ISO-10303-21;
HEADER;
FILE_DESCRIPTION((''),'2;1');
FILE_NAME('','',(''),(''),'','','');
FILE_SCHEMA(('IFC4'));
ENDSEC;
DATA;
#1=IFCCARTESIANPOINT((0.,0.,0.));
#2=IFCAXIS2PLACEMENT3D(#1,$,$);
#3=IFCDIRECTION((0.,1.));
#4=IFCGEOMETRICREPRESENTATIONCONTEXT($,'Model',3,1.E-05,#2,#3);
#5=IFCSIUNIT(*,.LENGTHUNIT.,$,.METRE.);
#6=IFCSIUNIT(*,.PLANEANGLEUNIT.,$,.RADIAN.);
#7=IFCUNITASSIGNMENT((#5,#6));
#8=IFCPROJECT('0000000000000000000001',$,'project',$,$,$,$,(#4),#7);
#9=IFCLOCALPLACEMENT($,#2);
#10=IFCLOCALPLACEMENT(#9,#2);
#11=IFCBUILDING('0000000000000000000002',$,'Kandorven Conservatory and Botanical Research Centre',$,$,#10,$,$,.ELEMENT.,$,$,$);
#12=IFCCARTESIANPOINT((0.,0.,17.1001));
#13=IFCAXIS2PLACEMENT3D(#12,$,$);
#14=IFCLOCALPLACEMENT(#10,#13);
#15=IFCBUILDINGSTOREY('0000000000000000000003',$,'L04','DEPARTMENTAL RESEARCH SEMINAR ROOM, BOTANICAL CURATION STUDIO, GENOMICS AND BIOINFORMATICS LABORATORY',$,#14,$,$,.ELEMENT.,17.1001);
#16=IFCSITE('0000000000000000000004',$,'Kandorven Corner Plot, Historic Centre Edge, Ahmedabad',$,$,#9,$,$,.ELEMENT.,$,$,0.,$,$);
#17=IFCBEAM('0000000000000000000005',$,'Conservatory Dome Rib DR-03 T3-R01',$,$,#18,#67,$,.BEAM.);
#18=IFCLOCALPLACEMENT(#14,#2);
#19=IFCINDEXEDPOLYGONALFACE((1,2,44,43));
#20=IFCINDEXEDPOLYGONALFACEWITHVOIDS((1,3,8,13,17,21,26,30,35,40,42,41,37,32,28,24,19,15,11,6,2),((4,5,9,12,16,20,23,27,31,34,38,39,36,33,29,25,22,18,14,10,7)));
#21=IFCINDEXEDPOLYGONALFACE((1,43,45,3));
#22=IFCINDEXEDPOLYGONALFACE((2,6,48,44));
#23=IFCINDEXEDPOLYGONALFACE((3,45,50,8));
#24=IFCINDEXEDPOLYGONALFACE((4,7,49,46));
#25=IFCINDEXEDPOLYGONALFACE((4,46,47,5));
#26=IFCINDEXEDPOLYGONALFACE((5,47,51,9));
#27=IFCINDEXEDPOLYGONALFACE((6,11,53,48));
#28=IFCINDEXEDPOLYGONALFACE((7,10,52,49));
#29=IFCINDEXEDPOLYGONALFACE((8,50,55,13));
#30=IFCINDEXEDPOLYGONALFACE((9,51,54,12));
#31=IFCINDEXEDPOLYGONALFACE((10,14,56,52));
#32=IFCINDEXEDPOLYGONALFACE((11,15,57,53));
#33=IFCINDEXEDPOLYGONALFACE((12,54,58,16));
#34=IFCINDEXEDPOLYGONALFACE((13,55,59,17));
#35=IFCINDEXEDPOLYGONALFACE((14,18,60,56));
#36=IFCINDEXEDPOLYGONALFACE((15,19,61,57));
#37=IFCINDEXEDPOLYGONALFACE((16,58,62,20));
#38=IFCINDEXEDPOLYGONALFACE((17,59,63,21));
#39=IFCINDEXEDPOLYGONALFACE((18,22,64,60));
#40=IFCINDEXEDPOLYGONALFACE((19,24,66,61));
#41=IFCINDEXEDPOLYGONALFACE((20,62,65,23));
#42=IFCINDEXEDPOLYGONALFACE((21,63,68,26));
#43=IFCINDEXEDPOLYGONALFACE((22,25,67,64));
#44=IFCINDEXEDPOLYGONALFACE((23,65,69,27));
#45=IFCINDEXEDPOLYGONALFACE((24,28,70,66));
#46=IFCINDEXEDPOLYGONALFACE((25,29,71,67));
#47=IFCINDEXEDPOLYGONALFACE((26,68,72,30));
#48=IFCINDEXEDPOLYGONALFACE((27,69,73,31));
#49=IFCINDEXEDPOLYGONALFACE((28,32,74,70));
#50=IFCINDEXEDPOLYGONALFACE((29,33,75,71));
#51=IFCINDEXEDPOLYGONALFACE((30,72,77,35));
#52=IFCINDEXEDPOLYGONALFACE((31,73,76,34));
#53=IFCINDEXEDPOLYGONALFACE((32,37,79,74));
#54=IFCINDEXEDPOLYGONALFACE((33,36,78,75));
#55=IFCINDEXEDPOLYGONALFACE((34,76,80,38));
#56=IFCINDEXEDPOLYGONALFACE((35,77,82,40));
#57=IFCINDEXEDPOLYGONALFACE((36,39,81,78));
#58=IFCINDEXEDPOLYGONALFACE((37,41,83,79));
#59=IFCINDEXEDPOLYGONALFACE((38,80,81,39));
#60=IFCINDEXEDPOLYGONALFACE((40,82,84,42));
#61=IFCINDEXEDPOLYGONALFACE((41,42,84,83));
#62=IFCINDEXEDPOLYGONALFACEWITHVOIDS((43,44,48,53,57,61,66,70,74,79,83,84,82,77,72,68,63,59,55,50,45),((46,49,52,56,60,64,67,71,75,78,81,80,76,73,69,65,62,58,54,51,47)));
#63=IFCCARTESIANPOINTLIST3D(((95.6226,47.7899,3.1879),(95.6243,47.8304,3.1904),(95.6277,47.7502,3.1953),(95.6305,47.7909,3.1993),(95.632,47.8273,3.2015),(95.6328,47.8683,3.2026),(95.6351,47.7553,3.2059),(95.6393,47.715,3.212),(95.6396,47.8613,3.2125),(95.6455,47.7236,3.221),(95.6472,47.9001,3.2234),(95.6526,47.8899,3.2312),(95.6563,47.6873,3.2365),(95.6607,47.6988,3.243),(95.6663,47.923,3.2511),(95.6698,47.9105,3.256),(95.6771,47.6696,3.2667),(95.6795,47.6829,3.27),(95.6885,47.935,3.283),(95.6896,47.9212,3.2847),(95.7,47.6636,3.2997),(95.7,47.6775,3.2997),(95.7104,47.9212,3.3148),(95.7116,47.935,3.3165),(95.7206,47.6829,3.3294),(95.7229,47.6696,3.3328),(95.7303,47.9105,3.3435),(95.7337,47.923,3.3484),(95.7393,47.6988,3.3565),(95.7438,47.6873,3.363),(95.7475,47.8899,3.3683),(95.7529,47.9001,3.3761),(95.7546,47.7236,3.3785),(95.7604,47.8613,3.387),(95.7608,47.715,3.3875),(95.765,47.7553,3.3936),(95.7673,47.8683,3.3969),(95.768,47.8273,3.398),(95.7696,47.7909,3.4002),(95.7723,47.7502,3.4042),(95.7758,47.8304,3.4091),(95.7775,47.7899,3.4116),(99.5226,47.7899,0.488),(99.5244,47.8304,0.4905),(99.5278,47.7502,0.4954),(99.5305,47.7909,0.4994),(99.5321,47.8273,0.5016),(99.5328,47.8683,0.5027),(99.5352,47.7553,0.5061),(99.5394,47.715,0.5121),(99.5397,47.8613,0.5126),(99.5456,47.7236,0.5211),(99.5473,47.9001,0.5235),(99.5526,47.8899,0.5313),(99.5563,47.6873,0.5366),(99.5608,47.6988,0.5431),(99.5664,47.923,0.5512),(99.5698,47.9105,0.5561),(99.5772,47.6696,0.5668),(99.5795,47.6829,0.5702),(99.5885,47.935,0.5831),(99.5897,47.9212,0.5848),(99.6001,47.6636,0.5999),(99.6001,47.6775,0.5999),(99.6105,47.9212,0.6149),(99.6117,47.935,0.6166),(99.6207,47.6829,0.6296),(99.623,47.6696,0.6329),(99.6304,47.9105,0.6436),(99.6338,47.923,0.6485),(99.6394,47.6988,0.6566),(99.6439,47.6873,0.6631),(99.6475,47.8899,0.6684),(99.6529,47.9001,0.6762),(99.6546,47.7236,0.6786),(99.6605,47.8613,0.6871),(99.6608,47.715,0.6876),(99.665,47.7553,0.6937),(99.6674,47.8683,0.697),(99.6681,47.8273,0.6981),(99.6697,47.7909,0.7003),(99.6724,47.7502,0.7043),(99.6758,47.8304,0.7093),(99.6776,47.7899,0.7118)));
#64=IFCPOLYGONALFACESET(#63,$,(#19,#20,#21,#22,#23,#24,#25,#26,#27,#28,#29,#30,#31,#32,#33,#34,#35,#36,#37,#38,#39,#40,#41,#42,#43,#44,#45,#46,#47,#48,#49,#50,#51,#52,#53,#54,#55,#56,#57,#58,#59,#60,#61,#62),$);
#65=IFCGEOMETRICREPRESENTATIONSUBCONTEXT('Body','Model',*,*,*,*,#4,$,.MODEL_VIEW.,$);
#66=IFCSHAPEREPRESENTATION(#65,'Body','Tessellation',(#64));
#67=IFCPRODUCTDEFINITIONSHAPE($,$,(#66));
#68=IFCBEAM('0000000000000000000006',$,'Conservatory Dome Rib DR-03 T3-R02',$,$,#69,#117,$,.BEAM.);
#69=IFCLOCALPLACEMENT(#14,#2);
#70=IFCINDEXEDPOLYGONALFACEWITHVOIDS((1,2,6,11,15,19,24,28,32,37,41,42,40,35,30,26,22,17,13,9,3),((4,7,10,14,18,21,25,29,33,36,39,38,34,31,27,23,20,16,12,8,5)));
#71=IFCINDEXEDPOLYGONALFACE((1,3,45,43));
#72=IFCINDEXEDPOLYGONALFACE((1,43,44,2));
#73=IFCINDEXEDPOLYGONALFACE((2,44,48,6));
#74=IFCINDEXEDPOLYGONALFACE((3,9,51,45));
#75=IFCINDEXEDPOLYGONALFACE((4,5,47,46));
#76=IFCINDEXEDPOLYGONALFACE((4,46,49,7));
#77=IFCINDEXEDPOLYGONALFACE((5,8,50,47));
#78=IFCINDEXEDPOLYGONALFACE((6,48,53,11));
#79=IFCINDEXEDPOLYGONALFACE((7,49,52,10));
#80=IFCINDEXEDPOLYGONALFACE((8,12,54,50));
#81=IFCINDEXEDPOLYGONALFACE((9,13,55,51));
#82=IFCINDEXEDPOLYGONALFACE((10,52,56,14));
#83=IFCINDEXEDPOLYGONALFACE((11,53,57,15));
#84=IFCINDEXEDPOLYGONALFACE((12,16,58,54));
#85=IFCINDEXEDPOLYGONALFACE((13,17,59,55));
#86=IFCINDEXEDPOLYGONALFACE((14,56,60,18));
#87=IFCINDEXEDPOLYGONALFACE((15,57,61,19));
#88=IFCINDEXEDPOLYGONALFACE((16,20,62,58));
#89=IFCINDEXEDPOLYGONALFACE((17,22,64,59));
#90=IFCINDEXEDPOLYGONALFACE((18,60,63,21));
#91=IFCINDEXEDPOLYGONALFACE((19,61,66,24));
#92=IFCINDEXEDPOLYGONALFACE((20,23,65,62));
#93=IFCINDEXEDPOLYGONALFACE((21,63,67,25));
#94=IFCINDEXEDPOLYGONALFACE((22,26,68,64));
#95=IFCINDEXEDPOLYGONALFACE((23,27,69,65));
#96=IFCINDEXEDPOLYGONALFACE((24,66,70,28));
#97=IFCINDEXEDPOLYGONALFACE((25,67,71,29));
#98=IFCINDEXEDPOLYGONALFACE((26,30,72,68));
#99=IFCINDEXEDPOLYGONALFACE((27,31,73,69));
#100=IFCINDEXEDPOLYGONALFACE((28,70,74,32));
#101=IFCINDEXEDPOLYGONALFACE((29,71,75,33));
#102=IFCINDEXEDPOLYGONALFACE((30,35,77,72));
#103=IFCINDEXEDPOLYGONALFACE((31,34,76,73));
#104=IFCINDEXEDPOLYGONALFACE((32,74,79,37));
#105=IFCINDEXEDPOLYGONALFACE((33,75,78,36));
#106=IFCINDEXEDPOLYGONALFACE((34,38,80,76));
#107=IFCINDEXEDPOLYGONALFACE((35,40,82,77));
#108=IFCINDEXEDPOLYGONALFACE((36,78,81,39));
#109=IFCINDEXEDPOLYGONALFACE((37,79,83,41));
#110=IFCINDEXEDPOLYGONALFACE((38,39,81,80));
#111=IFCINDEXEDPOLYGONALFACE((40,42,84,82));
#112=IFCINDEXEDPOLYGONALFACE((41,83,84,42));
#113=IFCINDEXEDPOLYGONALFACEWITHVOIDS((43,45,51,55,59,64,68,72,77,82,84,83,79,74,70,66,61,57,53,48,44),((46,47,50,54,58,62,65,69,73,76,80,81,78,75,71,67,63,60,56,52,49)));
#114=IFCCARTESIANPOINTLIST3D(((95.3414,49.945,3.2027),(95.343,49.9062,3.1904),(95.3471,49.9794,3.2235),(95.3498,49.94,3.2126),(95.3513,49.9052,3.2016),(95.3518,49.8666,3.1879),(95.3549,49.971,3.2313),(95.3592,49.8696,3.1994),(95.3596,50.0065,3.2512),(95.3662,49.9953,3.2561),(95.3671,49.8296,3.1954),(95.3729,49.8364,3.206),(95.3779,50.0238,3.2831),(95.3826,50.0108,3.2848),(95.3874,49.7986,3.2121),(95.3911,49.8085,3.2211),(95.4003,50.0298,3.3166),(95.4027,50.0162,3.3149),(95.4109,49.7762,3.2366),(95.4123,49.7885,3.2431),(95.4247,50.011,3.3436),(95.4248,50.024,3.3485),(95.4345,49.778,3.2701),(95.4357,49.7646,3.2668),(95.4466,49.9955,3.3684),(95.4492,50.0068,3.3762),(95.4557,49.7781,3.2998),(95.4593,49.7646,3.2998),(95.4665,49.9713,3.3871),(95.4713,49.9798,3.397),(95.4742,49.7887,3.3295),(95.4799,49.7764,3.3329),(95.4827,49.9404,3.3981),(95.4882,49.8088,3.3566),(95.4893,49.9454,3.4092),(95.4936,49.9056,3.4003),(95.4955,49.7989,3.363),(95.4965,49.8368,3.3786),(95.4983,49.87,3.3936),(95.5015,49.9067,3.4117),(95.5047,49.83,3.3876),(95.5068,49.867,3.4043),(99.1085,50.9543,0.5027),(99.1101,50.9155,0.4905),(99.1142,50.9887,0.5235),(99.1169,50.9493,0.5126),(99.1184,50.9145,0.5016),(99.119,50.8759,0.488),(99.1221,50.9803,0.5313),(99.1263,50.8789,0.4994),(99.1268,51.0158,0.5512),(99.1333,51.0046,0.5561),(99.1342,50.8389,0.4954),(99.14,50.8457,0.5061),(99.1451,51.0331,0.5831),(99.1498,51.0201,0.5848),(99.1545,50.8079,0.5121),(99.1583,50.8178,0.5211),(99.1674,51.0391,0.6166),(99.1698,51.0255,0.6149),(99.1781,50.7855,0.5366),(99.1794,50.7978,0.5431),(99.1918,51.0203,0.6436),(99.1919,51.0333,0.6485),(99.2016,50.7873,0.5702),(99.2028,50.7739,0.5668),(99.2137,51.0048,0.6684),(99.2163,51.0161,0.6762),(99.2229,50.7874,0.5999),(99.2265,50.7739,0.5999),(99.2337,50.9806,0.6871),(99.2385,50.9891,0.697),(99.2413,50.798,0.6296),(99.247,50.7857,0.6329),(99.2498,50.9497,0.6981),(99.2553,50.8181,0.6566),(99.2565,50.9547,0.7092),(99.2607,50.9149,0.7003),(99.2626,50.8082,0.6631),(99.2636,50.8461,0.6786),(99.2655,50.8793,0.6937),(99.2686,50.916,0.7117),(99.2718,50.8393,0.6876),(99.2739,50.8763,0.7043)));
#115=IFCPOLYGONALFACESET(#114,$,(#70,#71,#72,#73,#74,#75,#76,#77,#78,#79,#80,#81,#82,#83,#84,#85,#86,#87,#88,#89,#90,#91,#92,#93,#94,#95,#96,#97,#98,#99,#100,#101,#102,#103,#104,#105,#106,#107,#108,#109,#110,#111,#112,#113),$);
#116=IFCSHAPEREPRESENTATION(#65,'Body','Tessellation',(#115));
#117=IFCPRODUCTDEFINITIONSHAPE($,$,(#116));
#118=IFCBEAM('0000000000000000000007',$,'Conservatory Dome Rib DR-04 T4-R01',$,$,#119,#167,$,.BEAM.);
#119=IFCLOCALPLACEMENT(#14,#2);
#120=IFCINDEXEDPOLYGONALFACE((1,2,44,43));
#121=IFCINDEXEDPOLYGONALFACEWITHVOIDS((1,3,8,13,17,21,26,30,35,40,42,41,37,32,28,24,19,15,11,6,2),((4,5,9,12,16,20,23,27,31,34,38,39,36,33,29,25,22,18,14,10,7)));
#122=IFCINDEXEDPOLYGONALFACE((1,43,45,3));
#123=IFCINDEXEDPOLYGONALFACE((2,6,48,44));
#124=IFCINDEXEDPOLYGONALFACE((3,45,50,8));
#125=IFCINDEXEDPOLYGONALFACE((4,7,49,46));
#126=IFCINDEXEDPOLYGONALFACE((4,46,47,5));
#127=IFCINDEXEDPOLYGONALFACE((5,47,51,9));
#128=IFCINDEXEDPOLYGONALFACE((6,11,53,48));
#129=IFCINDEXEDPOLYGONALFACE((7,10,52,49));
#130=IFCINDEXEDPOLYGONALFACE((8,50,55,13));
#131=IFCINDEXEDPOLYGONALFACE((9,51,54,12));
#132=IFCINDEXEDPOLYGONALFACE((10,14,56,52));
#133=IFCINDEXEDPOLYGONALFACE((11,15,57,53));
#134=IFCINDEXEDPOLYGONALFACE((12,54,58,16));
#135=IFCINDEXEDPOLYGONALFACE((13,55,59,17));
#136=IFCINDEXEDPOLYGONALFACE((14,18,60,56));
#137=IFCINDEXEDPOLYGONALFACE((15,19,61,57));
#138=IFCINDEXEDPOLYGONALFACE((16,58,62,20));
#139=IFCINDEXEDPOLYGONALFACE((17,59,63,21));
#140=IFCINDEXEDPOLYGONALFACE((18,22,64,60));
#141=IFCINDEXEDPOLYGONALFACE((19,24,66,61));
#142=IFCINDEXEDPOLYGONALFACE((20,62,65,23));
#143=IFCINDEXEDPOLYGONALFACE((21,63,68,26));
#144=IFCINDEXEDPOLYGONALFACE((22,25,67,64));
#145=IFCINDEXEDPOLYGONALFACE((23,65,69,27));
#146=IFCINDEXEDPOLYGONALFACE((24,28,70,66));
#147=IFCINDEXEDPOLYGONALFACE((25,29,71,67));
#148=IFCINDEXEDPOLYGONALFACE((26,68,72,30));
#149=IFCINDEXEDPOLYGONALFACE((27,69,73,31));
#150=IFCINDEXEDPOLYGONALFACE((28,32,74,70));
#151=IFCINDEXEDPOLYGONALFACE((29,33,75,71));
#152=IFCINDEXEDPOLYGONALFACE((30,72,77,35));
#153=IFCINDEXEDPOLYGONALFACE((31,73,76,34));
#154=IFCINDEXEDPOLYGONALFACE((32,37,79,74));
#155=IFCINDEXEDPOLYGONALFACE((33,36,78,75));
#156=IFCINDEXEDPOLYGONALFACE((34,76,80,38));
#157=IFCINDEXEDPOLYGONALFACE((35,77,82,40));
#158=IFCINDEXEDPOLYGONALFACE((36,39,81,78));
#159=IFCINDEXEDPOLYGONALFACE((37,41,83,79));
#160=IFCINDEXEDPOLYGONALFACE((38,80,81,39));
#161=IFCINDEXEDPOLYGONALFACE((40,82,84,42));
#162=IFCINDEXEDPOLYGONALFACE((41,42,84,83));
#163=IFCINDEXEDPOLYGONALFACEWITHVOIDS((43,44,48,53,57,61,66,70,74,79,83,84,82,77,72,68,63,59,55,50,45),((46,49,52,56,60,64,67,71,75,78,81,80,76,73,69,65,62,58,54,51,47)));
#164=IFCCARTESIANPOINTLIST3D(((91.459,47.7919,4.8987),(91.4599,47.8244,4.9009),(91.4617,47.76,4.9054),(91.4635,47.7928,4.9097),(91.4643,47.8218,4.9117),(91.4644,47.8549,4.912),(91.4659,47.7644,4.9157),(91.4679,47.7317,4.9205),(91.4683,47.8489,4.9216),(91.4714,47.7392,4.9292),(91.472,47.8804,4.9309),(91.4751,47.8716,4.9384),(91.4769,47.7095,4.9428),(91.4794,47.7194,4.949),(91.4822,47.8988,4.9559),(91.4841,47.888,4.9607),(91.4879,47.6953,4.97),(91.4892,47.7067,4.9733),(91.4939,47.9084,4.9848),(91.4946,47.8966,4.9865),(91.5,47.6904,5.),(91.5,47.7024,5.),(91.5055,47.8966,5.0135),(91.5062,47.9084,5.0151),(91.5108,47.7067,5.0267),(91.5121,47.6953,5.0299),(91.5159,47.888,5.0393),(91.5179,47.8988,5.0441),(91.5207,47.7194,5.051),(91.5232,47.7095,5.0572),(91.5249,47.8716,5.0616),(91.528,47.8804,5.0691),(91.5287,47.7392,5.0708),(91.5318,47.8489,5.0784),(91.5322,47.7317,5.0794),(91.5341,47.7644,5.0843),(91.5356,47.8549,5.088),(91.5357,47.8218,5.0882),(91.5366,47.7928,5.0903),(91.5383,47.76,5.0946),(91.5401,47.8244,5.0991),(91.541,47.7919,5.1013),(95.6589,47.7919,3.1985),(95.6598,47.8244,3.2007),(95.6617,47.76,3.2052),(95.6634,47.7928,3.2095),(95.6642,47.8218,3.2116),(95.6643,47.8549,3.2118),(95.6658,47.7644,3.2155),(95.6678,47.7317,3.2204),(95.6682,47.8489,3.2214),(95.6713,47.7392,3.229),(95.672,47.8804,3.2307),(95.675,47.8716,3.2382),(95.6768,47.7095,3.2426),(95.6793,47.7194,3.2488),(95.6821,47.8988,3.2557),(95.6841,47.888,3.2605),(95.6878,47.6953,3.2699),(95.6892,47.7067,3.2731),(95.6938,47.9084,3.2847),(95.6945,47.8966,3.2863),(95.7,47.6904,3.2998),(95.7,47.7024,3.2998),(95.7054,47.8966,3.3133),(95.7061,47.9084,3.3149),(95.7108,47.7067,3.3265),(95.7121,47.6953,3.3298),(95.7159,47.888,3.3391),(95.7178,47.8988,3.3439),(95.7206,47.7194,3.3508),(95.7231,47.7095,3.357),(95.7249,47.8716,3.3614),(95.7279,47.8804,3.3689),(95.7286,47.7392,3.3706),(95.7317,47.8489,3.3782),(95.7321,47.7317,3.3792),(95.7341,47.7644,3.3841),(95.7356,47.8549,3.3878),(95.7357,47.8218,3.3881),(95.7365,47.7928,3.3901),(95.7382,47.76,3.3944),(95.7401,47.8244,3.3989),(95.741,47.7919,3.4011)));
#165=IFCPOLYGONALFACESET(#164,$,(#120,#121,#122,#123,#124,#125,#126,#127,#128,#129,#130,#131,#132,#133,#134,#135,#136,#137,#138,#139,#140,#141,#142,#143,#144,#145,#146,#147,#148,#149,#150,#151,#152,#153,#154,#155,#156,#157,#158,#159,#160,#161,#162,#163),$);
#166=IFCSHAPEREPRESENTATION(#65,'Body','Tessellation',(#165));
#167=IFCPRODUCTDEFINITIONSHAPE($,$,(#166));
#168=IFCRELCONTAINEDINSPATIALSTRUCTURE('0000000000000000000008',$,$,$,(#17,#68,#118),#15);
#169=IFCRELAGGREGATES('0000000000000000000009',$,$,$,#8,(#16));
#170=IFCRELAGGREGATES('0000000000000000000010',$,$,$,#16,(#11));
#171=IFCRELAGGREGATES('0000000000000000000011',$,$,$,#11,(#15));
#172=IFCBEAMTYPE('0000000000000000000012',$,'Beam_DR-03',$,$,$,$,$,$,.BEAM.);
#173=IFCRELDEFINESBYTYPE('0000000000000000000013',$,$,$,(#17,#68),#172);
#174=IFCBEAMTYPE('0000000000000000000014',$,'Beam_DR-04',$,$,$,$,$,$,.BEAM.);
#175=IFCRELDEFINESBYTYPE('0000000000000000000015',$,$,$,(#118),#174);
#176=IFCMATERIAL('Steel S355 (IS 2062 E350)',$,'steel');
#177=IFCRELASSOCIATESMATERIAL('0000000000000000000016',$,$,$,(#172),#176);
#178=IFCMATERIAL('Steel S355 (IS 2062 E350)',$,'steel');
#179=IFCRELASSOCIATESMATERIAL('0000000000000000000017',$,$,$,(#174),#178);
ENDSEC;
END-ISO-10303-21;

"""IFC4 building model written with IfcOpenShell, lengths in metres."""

from ifc_helpers import new_model, si_unit, direction, frame, origin, origin_2d, place, context, subcontext, project, spatial, hollow_circle, extrude, material, material_profile, profile_set, type_object, element, save


model = new_model("IFC4")

# Units and contexts
model_context = context("Model", 3, precision=1e-05, world=origin(), true_north=direction((0.0, 1.0)))
body_context = subcontext(model_context, "Body", "Model", "MODEL_VIEW")
ifc_project = project(units=[si_unit("LENGTHUNIT", "METRE"), si_unit("PLANEANGLEUNIT", "RADIAN")], contexts=[model_context])

# Site, building, storey
site_placement = place(None, origin())
site = spatial("IfcSite", under=ifc_project, at=site_placement, Name="Kandorven Corner Plot, Historic Centre Edge, Ahmedabad", CompositionType="ELEMENT", RefElevation=0.0)
building_placement = place(site_placement, origin())
building = spatial("IfcBuilding", under=site, at=building_placement, Name="Kandorven Conservatory and Botanical Research Centre", CompositionType="ELEMENT")
storey_placement = place(building_placement, frame((0.0, 0.0, 17.1001)))
storey = spatial("IfcBuildingStorey", under=building, at=storey_placement, Name="L04", Description="DEPARTMENTAL RESEARCH SEMINAR ROOM, BOTANICAL CURATION STUDIO, GENOMICS AND BIOINFORMATICS LABORATORY", CompositionType="ELEMENT", Elevation=17.1001)

# Beams
ifc_material_1 = material(Name="Steel S355 (IS 2062 E350)", Category="steel")
ifc_material_profile_1 = material_profile(ifc_material_1, hollow_circle(Radius=0.1365, WallThickness=0.0139, at=origin_2d()))
ifc_profile_set_1 = profile_set([ifc_material_profile_1], Name="Steel S355 (IS 2062 E350)")
beam_type_1 = type_object("IfcBeamType", Name="Beam_DR-03", PredefinedType="BEAM", material=ifc_profile_set_1)
for number, where, z_axis, x_axis, name in (
    (1, (99.6001, 47.8, 0.5999), (-0.822207, 0.0, 0.569189), (0.0, -1.0, 0.0), "Conservatory Dome Rib DR-03 T3-R01"),
    (2, (99.1912, 50.9058, 0.5999), (-0.794184, -0.212777, 0.569208), (0.258792, -0.965933, 0.0), "Conservatory Dome Rib DR-03 T3-R02"),
):
    element("IfcBeam", number, at=place(storey_placement, frame(where, z_axis=z_axis, x_axis=x_axis)), inside=storey, type_object=beam_type_1, Name=name, PredefinedType="BEAM", context=body_context, shape_type="SweptSolid", body=[
        extrude(hollow_circle(Radius=0.1365, WallThickness=0.0139, at=origin_2d()), origin(), (0.0, 0.0, 1.0), 4.7434),
    ])
ifc_material_2 = material(Name="Steel S355 (IS 2062 E350)", Category="steel")
ifc_material_profile_2 = material_profile(ifc_material_2, hollow_circle(Radius=0.1096, WallThickness=0.012, at=origin_2d()))
ifc_profile_set_2 = profile_set([ifc_material_profile_2], Name="Steel S355 (IS 2062 E350)")
beam_type_2 = type_object("IfcBeamType", Name="Beam_DR-04", PredefinedType="BEAM", material=ifc_profile_set_2)
for number, where, z_axis, x_axis, name in (
    (3, (95.7, 47.8, 3.2998), (-0.92693, 0.0, 0.375234), (0.0, -1.0, 0.0), "Conservatory Dome Rib DR-04 T4-R01"),
):
    element("IfcBeam", number, at=place(storey_placement, frame(where, z_axis=z_axis, x_axis=x_axis)), inside=storey, type_object=beam_type_2, Name=name, PredefinedType="BEAM", context=body_context, shape_type="SweptSolid", body=[
        extrude(hollow_circle(Radius=0.1096, WallThickness=0.012, at=origin_2d()), origin(), (0.0, 0.0, 1.0), 4.531),
    ])

save(model, "model.ifc")
